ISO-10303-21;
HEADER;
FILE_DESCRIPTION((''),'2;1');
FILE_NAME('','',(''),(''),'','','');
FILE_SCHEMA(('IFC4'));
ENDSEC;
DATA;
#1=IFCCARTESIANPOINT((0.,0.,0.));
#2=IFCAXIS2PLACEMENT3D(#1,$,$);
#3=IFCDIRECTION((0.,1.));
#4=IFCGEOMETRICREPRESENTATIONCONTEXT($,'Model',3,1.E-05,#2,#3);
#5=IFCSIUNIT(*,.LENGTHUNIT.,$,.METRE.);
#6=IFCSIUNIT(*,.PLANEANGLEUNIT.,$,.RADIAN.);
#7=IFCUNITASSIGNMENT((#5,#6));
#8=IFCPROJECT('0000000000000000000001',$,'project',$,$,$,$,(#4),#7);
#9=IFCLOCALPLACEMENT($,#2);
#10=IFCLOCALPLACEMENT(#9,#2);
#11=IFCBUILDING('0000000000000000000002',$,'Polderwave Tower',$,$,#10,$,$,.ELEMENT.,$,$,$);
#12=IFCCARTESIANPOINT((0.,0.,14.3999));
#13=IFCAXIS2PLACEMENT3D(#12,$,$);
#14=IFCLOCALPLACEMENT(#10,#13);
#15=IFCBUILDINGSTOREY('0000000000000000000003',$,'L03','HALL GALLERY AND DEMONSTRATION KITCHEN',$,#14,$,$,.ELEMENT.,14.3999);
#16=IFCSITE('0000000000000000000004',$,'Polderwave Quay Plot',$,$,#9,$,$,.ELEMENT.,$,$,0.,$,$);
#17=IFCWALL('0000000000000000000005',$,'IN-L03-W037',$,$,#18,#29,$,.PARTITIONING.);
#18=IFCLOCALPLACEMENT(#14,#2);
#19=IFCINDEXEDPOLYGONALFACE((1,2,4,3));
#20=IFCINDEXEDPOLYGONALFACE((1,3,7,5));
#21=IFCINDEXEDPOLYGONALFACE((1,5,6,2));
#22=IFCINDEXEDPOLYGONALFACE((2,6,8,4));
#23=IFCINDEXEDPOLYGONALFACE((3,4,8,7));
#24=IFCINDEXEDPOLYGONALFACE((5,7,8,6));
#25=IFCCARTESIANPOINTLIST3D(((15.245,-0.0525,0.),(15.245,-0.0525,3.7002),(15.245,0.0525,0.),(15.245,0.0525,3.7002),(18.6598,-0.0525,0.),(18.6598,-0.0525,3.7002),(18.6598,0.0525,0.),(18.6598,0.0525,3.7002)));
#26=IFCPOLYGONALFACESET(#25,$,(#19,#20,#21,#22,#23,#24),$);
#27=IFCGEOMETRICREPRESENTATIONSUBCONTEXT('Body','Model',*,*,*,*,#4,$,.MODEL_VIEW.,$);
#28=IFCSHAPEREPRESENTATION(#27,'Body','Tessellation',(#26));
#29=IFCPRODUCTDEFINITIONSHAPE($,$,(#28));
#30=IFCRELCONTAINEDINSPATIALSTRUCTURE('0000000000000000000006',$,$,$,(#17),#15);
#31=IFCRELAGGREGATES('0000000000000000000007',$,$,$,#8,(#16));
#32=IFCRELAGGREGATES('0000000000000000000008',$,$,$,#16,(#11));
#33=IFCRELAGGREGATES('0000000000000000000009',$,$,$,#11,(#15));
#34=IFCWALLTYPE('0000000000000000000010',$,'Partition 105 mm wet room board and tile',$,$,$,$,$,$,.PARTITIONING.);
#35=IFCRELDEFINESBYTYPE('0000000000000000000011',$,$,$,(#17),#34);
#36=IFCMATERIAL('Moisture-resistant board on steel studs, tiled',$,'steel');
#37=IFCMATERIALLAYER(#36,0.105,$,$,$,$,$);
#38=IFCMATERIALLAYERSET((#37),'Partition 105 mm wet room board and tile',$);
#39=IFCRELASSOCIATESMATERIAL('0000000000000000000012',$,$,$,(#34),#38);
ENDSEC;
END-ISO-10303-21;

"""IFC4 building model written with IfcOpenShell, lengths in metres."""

from ifc_helpers import new_model, si_unit, direction, frame, frame_2d, origin, place, context, subcontext, project, spatial, rectangle, extrude, material, layer, layer_set, type_object, element, save


model = new_model("IFC4")

# Units and contexts
model_context = context("Model", 3, precision=1e-05, world=origin(), true_north=direction((0.0, 1.0)))
body_context = subcontext(model_context, "Body", "Model", "MODEL_VIEW")
ifc_project = project(units=[si_unit("LENGTHUNIT", "METRE"), si_unit("PLANEANGLEUNIT", "RADIAN")], contexts=[model_context])

# Site, building, storey
site_placement = place(None, origin())
site = spatial("IfcSite", under=ifc_project, at=site_placement, Name="Polderwave Quay Plot", CompositionType="ELEMENT", RefElevation=0.0)
building_placement = place(site_placement, origin())
building = spatial("IfcBuilding", under=site, at=building_placement, Name="Polderwave Tower", CompositionType="ELEMENT")
storey_placement = place(building_placement, frame((0.0, 0.0, 14.3999)))
storey = spatial("IfcBuildingStorey", under=building, at=storey_placement, Name="L03", Description="HALL GALLERY AND DEMONSTRATION KITCHEN", CompositionType="ELEMENT", Elevation=14.3999)

# Shared definitions
ifc_material_1 = material(Name="Moisture-resistant board on steel studs, tiled", Category="steel")
ifc_layer_1 = layer(ifc_material_1, 0.105)
ifc_layer_set_1 = layer_set([ifc_layer_1], Name="Partition 105 mm wet room board and tile")
wall_type_1 = type_object("IfcWallType", Name="Partition 105 mm wet room board and tile", PredefinedType="PARTITIONING", material=ifc_layer_set_1)

# Wall
wall_1_placement = place(storey_placement, frame((18.6599, 0.0, 0.0), z_axis=(0.0, 0.0, 1.0), x_axis=(-1.0, 0.0, 0.0)))
element("IfcWall", 1, at=wall_1_placement, inside=storey, type_object=wall_type_1, Name="IN-L03-W037", PredefinedType="PARTITIONING", context=body_context, shape_type="SweptSolid", body=[
    extrude(rectangle(XDim=3.4148, YDim=0.105, at=frame_2d((1.7075, 0.0))), origin(), (0.0, 0.0, 1.0), 3.7002),
])

save(model, "model.ifc")
